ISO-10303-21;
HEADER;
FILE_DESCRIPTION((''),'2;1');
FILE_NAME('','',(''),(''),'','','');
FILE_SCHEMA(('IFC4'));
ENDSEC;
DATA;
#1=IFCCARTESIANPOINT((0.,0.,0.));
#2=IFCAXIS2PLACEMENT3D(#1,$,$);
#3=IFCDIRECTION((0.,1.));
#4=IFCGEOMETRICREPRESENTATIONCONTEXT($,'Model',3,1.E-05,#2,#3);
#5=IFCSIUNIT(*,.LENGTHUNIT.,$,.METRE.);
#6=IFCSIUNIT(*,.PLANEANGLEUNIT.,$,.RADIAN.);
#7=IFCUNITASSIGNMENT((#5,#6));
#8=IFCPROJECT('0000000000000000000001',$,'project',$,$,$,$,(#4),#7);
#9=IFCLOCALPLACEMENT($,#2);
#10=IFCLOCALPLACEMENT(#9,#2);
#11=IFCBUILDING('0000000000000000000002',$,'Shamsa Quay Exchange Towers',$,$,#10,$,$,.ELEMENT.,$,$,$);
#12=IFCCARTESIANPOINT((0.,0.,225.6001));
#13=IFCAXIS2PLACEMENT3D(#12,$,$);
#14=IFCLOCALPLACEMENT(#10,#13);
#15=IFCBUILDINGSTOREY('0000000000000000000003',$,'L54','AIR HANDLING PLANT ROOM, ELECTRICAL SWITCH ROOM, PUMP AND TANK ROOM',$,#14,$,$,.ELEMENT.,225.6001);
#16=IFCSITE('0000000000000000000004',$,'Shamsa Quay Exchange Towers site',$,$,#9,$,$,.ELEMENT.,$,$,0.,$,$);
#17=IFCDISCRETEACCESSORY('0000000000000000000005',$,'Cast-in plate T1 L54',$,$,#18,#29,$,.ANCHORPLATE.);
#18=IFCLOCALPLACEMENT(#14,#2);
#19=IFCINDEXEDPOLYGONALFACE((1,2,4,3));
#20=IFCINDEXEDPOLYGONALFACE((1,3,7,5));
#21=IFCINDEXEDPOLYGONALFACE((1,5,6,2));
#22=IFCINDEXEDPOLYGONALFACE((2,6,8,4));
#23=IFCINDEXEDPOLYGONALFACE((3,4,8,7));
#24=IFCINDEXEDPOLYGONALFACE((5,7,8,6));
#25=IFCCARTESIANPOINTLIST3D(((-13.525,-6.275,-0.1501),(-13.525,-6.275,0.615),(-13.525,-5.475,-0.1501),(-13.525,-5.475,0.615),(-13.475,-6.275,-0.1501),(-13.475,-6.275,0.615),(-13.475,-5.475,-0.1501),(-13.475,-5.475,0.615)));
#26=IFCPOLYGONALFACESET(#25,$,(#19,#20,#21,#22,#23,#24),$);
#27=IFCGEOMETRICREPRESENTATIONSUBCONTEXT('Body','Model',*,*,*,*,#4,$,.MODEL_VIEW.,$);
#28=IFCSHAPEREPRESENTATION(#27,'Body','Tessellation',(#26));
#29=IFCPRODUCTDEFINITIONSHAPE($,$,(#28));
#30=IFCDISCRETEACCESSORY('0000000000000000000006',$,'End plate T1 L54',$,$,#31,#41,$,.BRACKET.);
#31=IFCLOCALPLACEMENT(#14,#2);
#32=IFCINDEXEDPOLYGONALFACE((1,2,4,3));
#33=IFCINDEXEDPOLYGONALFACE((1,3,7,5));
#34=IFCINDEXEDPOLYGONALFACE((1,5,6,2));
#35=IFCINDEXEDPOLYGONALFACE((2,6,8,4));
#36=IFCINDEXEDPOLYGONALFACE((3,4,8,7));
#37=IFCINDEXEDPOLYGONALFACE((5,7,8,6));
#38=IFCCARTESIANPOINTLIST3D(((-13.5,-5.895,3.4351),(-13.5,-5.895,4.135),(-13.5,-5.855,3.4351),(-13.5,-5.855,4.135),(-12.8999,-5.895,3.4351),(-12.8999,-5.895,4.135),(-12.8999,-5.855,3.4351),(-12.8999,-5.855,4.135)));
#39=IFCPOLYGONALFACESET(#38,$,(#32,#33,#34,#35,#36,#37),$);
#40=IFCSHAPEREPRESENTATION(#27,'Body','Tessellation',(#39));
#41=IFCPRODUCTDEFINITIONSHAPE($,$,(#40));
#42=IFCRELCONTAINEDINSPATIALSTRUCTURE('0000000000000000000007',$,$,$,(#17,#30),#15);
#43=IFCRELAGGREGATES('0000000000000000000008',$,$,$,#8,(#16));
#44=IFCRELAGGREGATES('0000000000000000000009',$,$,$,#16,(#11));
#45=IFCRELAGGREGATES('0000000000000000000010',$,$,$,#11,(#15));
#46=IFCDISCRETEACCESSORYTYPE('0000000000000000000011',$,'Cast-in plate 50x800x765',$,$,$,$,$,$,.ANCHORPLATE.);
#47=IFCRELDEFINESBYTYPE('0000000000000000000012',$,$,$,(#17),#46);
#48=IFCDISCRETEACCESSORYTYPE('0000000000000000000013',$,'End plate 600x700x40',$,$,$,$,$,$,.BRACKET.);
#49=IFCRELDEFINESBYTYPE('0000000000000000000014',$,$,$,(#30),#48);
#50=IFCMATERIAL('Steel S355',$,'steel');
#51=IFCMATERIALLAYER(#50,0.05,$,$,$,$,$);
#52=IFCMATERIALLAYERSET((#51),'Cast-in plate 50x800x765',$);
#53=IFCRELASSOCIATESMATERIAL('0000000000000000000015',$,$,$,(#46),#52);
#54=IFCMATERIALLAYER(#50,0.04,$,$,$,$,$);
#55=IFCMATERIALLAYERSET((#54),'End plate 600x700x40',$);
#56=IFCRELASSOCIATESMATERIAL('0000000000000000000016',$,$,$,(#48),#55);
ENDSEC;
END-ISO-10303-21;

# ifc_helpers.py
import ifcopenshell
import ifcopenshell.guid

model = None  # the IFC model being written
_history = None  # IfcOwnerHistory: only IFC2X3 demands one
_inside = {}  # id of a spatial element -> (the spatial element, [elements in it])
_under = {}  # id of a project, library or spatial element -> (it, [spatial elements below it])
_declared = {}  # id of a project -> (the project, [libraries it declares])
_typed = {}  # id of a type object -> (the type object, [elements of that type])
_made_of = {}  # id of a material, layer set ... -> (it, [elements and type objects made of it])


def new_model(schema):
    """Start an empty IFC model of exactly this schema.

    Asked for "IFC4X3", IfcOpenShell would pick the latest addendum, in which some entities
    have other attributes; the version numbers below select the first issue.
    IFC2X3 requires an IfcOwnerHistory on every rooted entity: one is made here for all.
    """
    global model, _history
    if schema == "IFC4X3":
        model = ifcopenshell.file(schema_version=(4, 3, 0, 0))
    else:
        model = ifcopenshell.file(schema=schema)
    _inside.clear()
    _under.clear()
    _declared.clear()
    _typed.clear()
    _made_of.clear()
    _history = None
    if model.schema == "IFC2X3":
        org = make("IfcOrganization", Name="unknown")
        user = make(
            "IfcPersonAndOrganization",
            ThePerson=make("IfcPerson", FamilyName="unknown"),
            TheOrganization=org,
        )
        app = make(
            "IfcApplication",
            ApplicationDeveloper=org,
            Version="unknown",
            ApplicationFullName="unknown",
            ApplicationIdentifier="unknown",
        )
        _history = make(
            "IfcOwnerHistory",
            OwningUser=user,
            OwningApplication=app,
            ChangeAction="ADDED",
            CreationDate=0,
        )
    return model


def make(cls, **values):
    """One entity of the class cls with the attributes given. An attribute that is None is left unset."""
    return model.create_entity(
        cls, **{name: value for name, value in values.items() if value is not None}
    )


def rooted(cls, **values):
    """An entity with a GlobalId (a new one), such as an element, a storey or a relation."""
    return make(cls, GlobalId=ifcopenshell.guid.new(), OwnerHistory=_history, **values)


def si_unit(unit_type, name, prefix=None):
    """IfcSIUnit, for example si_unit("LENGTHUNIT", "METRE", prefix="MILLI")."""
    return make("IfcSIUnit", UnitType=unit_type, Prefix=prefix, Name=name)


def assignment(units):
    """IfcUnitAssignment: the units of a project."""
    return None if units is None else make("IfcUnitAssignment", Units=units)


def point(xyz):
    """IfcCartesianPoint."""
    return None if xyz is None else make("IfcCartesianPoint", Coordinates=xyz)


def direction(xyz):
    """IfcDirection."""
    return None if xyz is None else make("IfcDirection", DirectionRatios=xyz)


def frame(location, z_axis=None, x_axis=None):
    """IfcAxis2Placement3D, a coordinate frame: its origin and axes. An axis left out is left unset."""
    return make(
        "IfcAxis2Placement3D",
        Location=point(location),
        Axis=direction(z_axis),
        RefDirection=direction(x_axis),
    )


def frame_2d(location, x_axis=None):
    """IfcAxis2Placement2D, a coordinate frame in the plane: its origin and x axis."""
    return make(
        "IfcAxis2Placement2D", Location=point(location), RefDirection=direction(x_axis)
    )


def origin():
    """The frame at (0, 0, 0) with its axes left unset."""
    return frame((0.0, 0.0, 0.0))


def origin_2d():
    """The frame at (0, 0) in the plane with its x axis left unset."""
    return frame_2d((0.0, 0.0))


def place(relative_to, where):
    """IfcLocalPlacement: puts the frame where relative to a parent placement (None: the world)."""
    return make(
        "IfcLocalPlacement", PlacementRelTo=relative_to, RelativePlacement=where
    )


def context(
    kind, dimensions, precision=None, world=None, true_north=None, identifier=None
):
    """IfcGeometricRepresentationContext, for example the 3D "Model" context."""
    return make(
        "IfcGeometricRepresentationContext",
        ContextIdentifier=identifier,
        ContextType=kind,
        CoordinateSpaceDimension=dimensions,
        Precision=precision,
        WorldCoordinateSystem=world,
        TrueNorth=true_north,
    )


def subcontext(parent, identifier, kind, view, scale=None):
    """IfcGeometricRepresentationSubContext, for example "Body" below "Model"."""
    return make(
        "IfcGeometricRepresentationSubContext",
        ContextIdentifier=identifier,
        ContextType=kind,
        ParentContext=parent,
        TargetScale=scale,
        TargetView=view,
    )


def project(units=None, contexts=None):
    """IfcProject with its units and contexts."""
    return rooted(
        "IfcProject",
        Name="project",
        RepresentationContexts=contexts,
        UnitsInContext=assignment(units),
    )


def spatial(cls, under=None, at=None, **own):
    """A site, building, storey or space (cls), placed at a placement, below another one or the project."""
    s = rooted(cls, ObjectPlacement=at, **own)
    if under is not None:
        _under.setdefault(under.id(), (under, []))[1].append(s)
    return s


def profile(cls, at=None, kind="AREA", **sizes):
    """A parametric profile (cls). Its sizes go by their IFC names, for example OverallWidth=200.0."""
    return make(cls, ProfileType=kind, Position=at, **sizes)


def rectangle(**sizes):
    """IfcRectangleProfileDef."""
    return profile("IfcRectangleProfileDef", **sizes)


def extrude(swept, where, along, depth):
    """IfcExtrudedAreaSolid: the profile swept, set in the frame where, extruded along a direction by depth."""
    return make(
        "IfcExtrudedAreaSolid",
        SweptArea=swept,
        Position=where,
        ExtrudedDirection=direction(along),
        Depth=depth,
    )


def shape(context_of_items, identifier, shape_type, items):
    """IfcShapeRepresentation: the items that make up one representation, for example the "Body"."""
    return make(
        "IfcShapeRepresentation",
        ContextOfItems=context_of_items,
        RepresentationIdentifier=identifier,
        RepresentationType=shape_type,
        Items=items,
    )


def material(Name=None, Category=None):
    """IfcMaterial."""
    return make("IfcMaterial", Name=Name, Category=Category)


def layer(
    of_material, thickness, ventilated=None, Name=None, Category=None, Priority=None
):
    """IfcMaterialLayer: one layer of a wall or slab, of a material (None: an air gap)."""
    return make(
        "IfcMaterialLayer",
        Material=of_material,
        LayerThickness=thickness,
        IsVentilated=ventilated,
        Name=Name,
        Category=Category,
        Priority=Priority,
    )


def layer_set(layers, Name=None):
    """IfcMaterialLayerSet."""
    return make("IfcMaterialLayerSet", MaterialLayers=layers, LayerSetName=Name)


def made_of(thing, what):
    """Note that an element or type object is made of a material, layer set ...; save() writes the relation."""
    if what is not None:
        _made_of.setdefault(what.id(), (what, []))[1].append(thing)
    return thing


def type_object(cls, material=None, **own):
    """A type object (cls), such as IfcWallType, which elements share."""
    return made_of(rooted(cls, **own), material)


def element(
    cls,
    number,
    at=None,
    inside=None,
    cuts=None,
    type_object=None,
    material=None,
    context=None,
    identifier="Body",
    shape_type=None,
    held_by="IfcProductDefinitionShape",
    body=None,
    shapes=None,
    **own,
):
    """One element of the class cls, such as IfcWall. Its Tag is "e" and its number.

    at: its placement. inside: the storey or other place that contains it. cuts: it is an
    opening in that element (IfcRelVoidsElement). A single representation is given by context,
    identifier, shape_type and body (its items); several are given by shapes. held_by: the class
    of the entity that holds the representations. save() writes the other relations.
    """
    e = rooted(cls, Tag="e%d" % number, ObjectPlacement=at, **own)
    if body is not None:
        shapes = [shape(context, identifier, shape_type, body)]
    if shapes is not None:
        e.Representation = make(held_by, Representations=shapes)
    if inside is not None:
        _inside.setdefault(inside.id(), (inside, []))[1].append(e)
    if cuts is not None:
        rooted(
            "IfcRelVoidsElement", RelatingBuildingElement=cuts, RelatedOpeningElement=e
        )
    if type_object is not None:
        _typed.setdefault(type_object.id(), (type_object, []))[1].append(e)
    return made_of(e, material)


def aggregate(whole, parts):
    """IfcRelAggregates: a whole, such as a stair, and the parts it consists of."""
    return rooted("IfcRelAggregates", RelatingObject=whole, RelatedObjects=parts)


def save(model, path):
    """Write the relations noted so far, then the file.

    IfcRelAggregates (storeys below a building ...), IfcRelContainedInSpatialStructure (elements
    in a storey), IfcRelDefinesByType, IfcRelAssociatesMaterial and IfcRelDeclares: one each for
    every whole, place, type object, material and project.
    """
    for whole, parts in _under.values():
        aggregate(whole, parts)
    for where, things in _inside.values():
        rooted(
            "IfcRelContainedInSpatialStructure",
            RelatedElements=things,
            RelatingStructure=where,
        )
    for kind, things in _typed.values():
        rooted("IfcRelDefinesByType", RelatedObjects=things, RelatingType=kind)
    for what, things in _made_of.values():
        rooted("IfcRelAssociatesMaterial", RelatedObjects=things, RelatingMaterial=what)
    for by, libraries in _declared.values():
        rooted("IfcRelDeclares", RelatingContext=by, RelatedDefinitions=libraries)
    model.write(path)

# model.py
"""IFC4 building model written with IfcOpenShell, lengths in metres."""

from ifc_helpers import new_model, si_unit, direction, frame, origin, origin_2d, place, context, subcontext, project, spatial, rectangle, extrude, material, layer, layer_set, type_object, element, save


model = new_model("IFC4")

# Units and contexts
model_context = context("Model", 3, precision=1e-05, world=origin(), true_north=direction((0.0, 1.0)))
body_context = subcontext(model_context, "Body", "Model", "MODEL_VIEW")
ifc_project = project(units=[si_unit("LENGTHUNIT", "METRE"), si_unit("PLANEANGLEUNIT", "RADIAN")], contexts=[model_context])

# Site, building, storey
site_placement = place(None, origin())
site = spatial("IfcSite", under=ifc_project, at=site_placement, Name="Shamsa Quay Exchange Towers site", CompositionType="ELEMENT", RefElevation=0.0)
building_placement = place(site_placement, origin())
building = spatial("IfcBuilding", under=site, at=building_placement, Name="Shamsa Quay Exchange Towers", CompositionType="ELEMENT")
storey_placement = place(building_placement, frame((0.0, 0.0, 225.6001)))
storey = spatial("IfcBuildingStorey", under=building, at=storey_placement, Name="L54", Description="AIR HANDLING PLANT ROOM, ELECTRICAL SWITCH ROOM, PUMP AND TANK ROOM", CompositionType="ELEMENT", Elevation=225.6001)

# Shared definitions
ifc_material_1 = material(Name="Steel S355", Category="steel")

# Discrete accessories
ifc_layer_1 = layer(ifc_material_1, 0.05)
ifc_layer_set_1 = layer_set([ifc_layer_1], Name="Cast-in plate 50x800x765")
discrete_accessory_type_1 = type_object("IfcDiscreteAccessoryType", Name="Cast-in plate 50x800x765", PredefinedType="ANCHORPLATE", material=ifc_layer_set_1)
for number, where, z_axis, x_axis, name in (
    (1, (-13.5, -5.875, -0.1501), (0.0, 0.0, 1.0), (-1.0, 0.0, 0.0), "Cast-in plate T1 L54"),
):
    element("IfcDiscreteAccessory", number, at=place(storey_placement, frame(where, z_axis=z_axis, x_axis=x_axis)), inside=storey, type_object=discrete_accessory_type_1, Name=name, PredefinedType="ANCHORPLATE", context=body_context, shape_type="SweptSolid", body=[
        extrude(rectangle(XDim=0.05, YDim=0.8, at=origin_2d()), origin(), (0.0, 0.0, 1.0), 0.7651),
    ])
ifc_layer_2 = layer(ifc_material_1, 0.04)
ifc_layer_set_2 = layer_set([ifc_layer_2], Name="End plate 600x700x40")
discrete_accessory_type_2 = type_object("IfcDiscreteAccessoryType", Name="End plate 600x700x40", PredefinedType="BRACKET", material=ifc_layer_set_2)
discrete_accessory_placement = place(storey_placement, frame((-13.2, -5.875, 3.4351), z_axis=(0.0, 0.0, 1.0), x_axis=(-1.0, 0.0, 0.0)))
element("IfcDiscreteAccessory", 2, at=discrete_accessory_placement, inside=storey, type_object=discrete_accessory_type_2, Name="End plate T1 L54", PredefinedType="BRACKET", context=body_context, shape_type="SweptSolid", body=[
    extrude(rectangle(XDim=0.6001, YDim=0.04, at=origin_2d()), origin(), (0.0, 0.0, 1.0), 0.7),
])

save(model, "model.ifc")
